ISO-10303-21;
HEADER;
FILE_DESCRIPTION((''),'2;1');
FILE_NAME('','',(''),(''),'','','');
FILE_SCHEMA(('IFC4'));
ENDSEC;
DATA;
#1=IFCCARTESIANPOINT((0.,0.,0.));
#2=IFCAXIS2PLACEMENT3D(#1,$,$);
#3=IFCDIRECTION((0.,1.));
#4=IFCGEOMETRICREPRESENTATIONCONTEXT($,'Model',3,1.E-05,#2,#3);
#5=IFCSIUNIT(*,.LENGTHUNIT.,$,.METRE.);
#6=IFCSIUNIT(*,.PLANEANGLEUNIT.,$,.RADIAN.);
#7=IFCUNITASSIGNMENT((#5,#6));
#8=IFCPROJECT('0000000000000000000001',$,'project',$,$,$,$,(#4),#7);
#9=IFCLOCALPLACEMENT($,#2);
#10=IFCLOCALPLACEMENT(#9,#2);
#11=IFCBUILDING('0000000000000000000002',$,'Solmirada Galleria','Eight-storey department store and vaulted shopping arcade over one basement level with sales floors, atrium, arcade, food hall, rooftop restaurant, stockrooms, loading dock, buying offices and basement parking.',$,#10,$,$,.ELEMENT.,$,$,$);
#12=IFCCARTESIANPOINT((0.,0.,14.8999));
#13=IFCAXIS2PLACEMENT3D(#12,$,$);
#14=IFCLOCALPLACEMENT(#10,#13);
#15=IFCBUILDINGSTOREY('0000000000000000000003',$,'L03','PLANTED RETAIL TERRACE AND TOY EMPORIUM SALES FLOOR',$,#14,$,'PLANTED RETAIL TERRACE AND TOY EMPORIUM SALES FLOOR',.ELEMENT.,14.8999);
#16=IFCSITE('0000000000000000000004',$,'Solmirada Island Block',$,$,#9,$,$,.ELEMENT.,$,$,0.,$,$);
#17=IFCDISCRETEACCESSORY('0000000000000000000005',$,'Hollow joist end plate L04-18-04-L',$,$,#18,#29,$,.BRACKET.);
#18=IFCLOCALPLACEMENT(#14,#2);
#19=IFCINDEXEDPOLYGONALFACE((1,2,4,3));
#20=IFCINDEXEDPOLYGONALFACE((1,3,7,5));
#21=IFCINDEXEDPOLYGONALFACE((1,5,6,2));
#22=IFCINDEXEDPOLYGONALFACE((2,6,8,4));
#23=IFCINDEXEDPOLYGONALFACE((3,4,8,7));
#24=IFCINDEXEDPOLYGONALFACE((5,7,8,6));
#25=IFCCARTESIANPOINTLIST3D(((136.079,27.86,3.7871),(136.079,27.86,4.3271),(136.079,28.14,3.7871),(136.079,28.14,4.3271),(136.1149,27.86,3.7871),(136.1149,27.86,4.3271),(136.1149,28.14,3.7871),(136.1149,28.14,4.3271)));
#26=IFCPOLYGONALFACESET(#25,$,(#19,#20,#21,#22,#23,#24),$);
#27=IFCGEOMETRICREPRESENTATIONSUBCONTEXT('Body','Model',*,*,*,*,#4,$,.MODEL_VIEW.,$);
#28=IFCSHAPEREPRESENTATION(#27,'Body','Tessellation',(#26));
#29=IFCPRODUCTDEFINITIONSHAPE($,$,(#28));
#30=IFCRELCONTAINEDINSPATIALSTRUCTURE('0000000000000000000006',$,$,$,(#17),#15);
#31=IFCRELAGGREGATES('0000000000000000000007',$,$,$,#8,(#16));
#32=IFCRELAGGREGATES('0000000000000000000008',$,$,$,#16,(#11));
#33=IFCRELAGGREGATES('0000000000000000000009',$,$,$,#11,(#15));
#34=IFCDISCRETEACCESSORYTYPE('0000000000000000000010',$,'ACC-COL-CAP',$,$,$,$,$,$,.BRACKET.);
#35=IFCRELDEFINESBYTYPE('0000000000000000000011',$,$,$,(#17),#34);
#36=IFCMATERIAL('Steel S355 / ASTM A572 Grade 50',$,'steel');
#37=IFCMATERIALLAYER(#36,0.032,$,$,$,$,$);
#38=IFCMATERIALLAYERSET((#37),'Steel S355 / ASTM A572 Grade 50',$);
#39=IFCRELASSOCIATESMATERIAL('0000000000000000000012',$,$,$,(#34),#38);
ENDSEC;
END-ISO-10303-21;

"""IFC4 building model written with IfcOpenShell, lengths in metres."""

from ifc_helpers import new_model, si_unit, direction, frame, origin, origin_2d, place, context, subcontext, project, spatial, rectangle, extrude, material, layer, layer_set, type_object, element, save


model = new_model("IFC4")

# Units and contexts
model_context = context("Model", 3, precision=1e-05, world=origin(), true_north=direction((0.0, 1.0)))
body_context = subcontext(model_context, "Body", "Model", "MODEL_VIEW")
ifc_project = project(units=[si_unit("LENGTHUNIT", "METRE"), si_unit("PLANEANGLEUNIT", "RADIAN")], contexts=[model_context])

# Site, building, storey
site_placement = place(None, origin())
site = spatial("IfcSite", under=ifc_project, at=site_placement, Name="Solmirada Island Block", CompositionType="ELEMENT", RefElevation=0.0)
building_placement = place(site_placement, origin())
building = spatial("IfcBuilding", under=site, at=building_placement, Name="Solmirada Galleria", Description="Eight-storey department store and vaulted shopping arcade over one basement level with sales floors, atrium, arcade, food hall, rooftop restaurant, stockrooms, loading dock, buying offices and basement parking.", CompositionType="ELEMENT")
storey_placement = place(building_placement, frame((0.0, 0.0, 14.8999)))
storey = spatial("IfcBuildingStorey", under=building, at=storey_placement, Name="L03", Description="PLANTED RETAIL TERRACE AND TOY EMPORIUM SALES FLOOR", LongName="PLANTED RETAIL TERRACE AND TOY EMPORIUM SALES FLOOR", CompositionType="ELEMENT", Elevation=14.8999)

# Discrete accessory
ifc_material_1 = material(Name="Steel S355 / ASTM A572 Grade 50", Category="steel")
ifc_layer_1 = layer(ifc_material_1, 0.032)
ifc_layer_set_1 = layer_set([ifc_layer_1], Name="Steel S355 / ASTM A572 Grade 50")
discrete_accessory_type = type_object("IfcDiscreteAccessoryType", Name="ACC-COL-CAP", PredefinedType="BRACKET", material=ifc_layer_set_1)
discrete_accessory_placement = place(storey_placement, frame((136.0969, 28.0, 3.7871), z_axis=(0.0, 0.0, 1.0), x_axis=(1.0, 0.0, 0.0)))
element("IfcDiscreteAccessory", 1, at=discrete_accessory_placement, inside=storey, type_object=discrete_accessory_type, Name="Hollow joist end plate L04-18-04-L", PredefinedType="BRACKET", context=body_context, shape_type="SweptSolid", body=[
    extrude(rectangle(XDim=0.0359, YDim=0.28, at=origin_2d()), origin(), (0.0, 0.0, 1.0), 0.54),
])

save(model, "model.ifc")
